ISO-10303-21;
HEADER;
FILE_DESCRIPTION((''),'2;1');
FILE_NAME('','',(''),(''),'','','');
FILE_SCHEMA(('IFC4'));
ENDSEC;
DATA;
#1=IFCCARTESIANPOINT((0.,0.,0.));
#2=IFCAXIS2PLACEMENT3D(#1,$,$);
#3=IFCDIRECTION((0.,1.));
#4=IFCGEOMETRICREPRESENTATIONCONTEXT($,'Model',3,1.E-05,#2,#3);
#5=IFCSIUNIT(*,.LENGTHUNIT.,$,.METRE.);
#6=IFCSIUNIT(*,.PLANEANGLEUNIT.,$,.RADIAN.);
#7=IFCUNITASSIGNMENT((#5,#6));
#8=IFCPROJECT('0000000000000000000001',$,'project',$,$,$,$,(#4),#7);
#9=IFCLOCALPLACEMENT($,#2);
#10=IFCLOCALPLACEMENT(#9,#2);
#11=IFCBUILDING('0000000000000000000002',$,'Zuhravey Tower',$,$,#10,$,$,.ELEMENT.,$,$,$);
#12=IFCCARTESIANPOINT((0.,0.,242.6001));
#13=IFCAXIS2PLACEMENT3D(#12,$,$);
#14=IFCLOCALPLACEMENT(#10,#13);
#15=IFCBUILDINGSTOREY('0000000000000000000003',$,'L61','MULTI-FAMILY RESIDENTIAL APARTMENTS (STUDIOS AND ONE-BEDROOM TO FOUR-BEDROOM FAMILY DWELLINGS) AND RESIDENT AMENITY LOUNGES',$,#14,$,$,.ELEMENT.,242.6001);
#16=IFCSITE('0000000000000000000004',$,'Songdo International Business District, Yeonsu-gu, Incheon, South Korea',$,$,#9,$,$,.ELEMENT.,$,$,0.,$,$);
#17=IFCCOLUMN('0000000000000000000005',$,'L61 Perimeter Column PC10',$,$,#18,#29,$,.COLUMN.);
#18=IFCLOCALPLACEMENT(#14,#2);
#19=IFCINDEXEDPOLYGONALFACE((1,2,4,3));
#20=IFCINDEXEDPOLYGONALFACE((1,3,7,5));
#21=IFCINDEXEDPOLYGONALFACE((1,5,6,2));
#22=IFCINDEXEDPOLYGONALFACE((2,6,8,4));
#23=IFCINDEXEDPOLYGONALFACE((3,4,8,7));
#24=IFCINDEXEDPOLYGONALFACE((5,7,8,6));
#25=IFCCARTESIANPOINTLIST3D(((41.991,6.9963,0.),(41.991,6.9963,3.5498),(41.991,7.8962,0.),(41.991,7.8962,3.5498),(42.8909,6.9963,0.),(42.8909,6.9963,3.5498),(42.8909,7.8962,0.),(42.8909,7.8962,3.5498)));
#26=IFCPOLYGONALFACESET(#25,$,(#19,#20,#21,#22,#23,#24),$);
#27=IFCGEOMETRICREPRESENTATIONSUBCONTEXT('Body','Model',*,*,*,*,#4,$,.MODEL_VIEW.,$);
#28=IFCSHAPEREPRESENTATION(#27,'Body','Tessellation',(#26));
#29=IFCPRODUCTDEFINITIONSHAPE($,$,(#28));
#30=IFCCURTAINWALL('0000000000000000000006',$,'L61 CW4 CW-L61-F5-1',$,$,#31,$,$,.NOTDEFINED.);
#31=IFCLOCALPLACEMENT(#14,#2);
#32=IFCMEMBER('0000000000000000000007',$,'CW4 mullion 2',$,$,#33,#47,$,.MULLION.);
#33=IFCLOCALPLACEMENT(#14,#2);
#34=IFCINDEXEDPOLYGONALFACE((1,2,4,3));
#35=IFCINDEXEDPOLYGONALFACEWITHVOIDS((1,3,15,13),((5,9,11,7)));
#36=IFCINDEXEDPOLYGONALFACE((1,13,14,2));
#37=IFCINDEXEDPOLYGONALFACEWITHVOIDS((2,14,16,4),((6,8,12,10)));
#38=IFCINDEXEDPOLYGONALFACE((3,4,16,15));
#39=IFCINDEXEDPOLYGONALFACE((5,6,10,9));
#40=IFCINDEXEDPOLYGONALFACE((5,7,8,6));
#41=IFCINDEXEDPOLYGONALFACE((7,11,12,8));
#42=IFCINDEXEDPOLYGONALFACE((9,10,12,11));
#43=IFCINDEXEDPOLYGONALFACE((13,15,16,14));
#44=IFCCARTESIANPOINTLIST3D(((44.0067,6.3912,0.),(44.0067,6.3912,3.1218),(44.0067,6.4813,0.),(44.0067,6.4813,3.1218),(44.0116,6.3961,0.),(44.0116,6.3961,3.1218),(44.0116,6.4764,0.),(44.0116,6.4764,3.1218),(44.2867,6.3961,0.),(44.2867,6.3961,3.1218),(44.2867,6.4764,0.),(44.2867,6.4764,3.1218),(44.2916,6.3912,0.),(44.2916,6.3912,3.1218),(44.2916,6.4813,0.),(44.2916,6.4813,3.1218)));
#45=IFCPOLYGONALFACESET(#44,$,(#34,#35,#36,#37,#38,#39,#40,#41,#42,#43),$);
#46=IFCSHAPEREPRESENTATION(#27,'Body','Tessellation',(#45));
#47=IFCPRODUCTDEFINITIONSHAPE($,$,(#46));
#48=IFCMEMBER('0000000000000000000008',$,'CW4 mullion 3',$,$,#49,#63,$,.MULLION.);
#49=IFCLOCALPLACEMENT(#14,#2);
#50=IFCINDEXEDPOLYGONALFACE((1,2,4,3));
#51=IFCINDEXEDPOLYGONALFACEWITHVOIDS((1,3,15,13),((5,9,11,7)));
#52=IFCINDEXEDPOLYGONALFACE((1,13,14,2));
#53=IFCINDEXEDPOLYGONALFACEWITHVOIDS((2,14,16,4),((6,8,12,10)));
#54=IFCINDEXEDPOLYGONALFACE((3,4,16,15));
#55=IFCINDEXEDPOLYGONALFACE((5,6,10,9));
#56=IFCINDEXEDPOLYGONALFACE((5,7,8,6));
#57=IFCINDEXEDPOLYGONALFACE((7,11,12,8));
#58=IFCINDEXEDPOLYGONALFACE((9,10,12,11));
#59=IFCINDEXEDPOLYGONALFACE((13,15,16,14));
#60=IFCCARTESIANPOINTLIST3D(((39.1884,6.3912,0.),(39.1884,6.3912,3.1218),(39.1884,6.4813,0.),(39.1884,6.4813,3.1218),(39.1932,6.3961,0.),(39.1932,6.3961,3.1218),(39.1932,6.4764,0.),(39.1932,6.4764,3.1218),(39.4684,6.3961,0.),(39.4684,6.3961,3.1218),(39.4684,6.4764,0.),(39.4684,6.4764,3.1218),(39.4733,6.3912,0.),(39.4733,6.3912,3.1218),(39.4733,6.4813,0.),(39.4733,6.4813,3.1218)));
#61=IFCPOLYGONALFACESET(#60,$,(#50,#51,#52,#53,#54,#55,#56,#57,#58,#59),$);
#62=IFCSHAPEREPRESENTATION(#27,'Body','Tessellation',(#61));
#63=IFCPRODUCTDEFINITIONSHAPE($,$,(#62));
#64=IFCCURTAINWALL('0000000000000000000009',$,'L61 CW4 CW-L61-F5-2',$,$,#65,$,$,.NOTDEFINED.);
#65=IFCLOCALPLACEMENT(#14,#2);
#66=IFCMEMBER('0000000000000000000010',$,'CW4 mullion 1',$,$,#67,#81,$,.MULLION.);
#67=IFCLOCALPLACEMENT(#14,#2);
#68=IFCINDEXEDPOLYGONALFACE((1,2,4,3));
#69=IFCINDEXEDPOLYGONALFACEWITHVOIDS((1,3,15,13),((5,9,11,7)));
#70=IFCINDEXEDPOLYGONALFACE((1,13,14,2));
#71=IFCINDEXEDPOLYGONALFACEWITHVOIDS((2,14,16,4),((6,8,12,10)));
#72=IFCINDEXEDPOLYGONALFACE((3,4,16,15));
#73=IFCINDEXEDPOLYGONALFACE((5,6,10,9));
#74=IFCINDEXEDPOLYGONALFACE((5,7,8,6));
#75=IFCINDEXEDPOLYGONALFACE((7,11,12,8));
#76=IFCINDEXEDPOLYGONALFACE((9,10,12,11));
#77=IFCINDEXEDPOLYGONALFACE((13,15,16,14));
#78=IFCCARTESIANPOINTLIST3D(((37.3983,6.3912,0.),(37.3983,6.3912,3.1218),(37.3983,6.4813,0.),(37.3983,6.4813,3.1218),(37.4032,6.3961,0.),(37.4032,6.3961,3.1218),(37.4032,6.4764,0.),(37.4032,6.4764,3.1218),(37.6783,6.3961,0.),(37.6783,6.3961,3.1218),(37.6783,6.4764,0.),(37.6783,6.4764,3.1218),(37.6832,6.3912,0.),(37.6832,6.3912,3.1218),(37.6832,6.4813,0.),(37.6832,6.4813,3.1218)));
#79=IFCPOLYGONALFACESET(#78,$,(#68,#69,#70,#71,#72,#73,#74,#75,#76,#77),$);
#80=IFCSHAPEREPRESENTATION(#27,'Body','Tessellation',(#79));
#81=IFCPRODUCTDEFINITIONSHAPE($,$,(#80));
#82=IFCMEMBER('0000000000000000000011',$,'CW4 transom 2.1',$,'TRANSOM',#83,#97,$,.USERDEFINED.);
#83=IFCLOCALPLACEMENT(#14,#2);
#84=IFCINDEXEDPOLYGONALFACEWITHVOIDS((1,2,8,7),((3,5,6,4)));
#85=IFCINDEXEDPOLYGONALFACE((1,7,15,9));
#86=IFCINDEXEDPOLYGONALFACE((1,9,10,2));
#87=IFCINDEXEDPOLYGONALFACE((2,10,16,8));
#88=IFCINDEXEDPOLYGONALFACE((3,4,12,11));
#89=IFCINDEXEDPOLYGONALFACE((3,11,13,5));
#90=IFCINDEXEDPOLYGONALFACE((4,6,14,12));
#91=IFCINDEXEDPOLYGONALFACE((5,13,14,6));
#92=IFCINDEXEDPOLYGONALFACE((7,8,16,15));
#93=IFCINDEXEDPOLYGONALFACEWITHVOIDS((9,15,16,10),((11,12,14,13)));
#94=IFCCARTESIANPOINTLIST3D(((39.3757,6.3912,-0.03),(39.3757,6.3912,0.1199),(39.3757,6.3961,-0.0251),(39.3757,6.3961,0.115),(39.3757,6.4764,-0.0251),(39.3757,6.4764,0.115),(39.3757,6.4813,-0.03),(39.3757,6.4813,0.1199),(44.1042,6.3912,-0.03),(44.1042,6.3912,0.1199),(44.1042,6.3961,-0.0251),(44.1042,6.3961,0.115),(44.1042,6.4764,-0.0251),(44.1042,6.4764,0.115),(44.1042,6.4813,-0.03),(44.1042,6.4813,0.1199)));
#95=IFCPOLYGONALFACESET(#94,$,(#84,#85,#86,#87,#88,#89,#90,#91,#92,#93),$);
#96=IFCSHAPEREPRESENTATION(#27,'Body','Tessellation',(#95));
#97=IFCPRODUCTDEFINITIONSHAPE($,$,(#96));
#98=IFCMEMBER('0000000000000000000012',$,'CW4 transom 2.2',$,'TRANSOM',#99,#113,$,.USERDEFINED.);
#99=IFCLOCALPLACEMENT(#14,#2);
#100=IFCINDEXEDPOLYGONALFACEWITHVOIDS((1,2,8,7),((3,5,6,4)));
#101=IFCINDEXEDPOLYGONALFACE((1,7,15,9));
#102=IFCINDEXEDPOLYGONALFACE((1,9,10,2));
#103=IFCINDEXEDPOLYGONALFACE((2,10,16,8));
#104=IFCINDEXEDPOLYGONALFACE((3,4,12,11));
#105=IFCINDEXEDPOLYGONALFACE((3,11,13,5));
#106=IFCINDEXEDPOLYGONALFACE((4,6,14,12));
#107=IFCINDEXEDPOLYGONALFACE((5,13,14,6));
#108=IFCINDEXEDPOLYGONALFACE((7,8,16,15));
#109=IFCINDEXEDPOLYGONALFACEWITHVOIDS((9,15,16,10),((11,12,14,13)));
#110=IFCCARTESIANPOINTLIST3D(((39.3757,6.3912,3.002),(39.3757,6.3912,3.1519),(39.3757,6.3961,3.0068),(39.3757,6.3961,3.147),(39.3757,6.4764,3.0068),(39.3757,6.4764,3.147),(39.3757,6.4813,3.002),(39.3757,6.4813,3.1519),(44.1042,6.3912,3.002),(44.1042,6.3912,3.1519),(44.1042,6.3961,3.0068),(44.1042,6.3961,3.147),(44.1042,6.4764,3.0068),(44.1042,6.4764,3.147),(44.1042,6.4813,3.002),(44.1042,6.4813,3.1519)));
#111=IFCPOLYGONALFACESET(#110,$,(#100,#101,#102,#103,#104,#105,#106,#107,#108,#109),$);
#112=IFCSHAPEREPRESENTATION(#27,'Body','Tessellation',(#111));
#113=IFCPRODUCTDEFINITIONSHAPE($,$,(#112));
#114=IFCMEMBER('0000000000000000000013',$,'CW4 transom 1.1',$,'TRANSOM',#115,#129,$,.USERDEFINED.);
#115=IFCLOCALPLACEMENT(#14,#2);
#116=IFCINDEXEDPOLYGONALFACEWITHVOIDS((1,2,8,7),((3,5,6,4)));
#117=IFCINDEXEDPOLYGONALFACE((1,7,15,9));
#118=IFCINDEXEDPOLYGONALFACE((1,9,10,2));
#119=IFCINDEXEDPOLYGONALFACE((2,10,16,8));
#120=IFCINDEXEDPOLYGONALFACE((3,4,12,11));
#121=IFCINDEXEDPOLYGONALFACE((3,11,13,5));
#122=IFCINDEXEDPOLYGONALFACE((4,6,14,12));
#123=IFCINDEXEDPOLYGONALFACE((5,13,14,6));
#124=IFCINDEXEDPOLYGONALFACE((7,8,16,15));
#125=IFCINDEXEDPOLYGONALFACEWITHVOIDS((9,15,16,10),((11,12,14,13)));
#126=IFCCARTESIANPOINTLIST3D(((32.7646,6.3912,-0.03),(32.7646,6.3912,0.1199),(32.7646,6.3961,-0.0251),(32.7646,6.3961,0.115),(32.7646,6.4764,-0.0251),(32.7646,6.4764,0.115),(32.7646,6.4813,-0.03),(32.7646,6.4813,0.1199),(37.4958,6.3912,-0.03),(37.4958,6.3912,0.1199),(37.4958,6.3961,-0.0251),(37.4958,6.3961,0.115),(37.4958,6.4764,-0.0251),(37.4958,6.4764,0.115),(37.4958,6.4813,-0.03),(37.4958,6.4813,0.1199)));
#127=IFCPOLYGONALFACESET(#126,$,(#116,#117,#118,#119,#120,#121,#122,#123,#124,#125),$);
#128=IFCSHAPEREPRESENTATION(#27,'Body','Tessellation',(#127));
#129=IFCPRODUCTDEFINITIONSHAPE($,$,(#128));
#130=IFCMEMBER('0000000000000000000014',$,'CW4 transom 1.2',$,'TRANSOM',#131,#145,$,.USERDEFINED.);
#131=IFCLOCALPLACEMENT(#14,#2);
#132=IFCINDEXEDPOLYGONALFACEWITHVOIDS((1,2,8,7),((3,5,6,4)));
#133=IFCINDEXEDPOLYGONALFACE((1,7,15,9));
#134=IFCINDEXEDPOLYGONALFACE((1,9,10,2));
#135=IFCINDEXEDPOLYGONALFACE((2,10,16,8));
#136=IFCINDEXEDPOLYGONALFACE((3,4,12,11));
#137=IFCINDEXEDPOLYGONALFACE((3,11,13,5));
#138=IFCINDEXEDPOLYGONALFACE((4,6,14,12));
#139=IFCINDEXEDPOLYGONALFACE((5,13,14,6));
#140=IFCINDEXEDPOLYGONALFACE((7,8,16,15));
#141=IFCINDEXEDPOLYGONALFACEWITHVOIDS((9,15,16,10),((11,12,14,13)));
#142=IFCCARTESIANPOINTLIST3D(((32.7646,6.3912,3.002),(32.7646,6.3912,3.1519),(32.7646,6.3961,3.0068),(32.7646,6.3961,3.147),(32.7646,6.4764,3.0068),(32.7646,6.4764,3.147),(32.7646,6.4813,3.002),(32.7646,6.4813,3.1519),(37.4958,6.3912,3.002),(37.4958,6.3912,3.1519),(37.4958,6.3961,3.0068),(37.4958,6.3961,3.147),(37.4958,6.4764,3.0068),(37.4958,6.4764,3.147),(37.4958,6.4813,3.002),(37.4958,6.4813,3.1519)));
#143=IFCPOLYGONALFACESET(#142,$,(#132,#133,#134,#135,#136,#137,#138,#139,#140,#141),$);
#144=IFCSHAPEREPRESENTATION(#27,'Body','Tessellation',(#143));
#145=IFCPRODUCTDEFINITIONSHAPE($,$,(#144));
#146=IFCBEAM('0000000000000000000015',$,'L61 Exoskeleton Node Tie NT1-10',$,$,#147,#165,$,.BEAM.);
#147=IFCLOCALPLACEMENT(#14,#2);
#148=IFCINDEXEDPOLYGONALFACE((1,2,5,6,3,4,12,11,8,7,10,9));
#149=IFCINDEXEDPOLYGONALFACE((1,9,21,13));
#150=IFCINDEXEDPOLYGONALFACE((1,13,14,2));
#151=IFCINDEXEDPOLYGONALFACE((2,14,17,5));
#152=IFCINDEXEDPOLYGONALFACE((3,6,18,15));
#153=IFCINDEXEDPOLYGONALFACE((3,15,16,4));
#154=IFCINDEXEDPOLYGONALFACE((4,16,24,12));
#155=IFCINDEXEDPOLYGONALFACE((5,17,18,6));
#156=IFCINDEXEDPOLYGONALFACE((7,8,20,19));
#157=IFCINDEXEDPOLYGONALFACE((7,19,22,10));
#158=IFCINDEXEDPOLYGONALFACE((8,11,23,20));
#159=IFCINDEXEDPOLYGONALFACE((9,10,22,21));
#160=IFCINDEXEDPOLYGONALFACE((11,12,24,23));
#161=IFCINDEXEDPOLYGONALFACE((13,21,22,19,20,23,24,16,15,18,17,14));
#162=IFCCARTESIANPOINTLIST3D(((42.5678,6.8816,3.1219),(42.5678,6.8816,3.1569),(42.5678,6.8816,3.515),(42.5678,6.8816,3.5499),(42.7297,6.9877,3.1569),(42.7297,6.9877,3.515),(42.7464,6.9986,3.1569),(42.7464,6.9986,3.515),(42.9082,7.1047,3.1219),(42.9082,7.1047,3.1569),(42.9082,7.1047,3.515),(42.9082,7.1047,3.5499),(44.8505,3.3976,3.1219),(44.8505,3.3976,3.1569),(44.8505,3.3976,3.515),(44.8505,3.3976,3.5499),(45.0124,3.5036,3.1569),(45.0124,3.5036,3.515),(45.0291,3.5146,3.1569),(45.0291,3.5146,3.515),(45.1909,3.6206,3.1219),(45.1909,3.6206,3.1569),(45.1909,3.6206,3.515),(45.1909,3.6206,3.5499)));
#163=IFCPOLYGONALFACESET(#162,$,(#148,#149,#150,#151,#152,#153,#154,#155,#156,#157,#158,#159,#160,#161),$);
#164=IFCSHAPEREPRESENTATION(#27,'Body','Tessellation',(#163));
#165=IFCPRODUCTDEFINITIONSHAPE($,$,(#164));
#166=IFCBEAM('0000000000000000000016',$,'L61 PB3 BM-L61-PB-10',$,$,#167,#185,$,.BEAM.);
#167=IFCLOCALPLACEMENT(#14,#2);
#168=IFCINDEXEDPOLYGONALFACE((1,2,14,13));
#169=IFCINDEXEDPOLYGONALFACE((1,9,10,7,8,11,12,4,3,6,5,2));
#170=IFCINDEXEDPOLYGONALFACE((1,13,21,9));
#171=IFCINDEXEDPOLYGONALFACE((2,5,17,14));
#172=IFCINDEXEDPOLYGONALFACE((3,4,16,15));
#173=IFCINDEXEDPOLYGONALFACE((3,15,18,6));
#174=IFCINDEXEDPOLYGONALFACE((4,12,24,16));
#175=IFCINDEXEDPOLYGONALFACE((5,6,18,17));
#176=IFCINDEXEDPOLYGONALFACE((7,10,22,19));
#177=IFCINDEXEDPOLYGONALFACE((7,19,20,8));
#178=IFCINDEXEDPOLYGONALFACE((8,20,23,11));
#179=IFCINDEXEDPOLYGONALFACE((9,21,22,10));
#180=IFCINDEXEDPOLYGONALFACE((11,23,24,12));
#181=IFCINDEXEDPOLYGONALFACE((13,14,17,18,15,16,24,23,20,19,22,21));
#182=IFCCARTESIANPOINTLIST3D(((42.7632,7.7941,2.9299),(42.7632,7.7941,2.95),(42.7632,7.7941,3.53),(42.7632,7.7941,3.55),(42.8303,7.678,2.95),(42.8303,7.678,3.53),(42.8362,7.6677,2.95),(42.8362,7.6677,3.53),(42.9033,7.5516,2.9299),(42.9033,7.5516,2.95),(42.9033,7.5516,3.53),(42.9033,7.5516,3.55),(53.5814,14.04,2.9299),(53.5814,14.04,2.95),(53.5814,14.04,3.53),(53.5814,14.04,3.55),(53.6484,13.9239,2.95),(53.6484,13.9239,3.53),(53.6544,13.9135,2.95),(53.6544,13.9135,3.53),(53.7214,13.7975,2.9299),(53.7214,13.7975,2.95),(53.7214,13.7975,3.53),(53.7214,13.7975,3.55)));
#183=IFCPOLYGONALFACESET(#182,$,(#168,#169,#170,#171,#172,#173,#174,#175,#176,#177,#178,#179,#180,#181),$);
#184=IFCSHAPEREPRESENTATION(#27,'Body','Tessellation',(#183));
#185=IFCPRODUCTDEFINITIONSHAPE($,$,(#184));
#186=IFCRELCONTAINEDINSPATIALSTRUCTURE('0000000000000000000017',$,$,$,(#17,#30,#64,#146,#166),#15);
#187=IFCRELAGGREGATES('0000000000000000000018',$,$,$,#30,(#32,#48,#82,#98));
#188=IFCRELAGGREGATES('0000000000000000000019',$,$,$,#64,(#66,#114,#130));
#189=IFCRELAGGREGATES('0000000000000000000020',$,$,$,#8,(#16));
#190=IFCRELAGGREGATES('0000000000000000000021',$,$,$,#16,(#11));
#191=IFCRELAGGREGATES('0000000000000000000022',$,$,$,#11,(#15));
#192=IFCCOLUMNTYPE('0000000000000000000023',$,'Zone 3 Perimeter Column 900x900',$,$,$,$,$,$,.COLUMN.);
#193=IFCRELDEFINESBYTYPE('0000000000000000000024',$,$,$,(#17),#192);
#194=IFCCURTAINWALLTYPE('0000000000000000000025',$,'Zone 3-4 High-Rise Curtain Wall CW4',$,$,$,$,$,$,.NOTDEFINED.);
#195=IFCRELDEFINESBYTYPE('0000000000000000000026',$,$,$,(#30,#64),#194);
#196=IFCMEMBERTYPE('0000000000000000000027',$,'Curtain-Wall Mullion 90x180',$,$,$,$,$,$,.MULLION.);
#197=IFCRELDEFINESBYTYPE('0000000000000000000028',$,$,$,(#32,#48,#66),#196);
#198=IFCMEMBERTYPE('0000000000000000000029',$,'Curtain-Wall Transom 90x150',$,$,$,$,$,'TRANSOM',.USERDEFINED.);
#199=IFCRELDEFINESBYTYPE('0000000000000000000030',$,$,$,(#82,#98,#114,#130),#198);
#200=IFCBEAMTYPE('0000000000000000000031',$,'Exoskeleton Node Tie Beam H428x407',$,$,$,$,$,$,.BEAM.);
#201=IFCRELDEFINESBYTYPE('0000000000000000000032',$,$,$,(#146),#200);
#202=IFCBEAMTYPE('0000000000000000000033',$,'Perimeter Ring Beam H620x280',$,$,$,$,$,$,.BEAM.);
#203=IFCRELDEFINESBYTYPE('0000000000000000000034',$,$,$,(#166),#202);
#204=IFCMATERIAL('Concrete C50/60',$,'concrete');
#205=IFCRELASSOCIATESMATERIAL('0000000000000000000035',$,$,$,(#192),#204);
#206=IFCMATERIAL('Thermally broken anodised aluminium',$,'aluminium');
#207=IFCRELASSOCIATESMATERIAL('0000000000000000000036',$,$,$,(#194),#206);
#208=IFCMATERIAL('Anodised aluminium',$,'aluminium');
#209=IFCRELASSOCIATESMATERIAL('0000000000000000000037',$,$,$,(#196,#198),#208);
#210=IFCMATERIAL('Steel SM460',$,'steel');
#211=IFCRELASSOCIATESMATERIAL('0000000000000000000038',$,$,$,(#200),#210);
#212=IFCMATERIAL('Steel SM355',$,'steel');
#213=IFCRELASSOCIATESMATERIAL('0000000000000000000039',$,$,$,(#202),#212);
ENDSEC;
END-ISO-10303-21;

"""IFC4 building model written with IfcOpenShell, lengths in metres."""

from ifc_helpers import new_model, si_unit, direction, frame, origin, origin_2d, place, context, subcontext, project, spatial, rectangle, hollow_rectangle, i_section, extrude, material, material_profile, profile_set, type_object, element, aggregate, save


model = new_model("IFC4")

# Units and contexts
model_context = context("Model", 3, precision=1e-05, world=origin(), true_north=direction((0.0, 1.0)))
body_context = subcontext(model_context, "Body", "Model", "MODEL_VIEW")
ifc_project = project(units=[si_unit("LENGTHUNIT", "METRE"), si_unit("PLANEANGLEUNIT", "RADIAN")], contexts=[model_context])

# Site, building, storey
site_placement = place(None, origin())
site = spatial("IfcSite", under=ifc_project, at=site_placement, Name="Songdo International Business District, Yeonsu-gu, Incheon, South Korea", CompositionType="ELEMENT", RefElevation=0.0)
building_placement = place(site_placement, origin())
building = spatial("IfcBuilding", under=site, at=building_placement, Name="Zuhravey Tower", CompositionType="ELEMENT")
storey_placement = place(building_placement, frame((0.0, 0.0, 242.6001)))
storey = spatial("IfcBuildingStorey", under=building, at=storey_placement, Name="L61", Description="MULTI-FAMILY RESIDENTIAL APARTMENTS (STUDIOS AND ONE-BEDROOM TO FOUR-BEDROOM FAMILY DWELLINGS) AND RESIDENT AMENITY LOUNGES", CompositionType="ELEMENT", Elevation=242.6001)

# Column
ifc_material_1 = material(Name="Concrete C50/60", Category="concrete")
ifc_material_profile_1 = material_profile(ifc_material_1, rectangle(XDim=0.8999, YDim=0.8999, at=origin_2d()), Name="RC-900x900")
ifc_profile_set_1 = profile_set([ifc_material_profile_1], Name="Concrete C50/60")
column_type = type_object("IfcColumnType", Name="Zone 3 Perimeter Column 900x900", PredefinedType="COLUMN", material=ifc_profile_set_1)
column_placement = place(storey_placement, frame((42.4409, 7.4463, 0.0), z_axis=(0.0, 0.0, 1.0), x_axis=(1.0, 0.0, 0.0)))
element("IfcColumn", 1, at=column_placement, inside=storey, type_object=column_type, Name="L61 Perimeter Column PC10", PredefinedType="COLUMN", context=body_context, shape_type="SweptSolid", body=[
    extrude(rectangle(XDim=0.8999, YDim=0.8999, at=origin_2d()), origin(), (0.0, 0.0, 1.0), 3.5498),
])

# Curtain wall, members
ifc_material_2 = material(Name="Thermally broken anodised aluminium", Category="aluminium")
curtain_wall_type = type_object("IfcCurtainWallType", Name="Zone 3-4 High-Rise Curtain Wall CW4", PredefinedType="NOTDEFINED", material=ifc_material_2)
curtain_wall_1_placement = place(storey_placement, origin())
curtain_wall_1 = element("IfcCurtainWall", 2, at=curtain_wall_1_placement, inside=storey, type_object=curtain_wall_type, Name="L61 CW4 CW-L61-F5-1", PredefinedType="NOTDEFINED")
ifc_material_3 = material(Name="Anodised aluminium", Category="aluminium")
ifc_material_profile_2 = material_profile(ifc_material_3, hollow_rectangle(XDim=0.0901, YDim=0.2849, WallThickness=0.0049, at=origin_2d()), Name="ALU-RHS-90x285x5")
ifc_profile_set_2 = profile_set([ifc_material_profile_2], Name="Anodised aluminium")
member_type_1 = type_object("IfcMemberType", Name="Curtain-Wall Mullion 90x180", PredefinedType="MULLION", material=ifc_profile_set_2)
member_1_placement = place(storey_placement, frame((44.1492, 6.4363, 0.0), z_axis=(0.0, 0.0, 1.0), x_axis=(0.0, -1.0, 0.0)))
member_1 = element("IfcMember", 3, at=member_1_placement, type_object=member_type_1, Name="CW4 mullion 2", PredefinedType="MULLION", context=body_context, shape_type="SweptSolid", body=[
    extrude(hollow_rectangle(XDim=0.0901, YDim=0.2849, WallThickness=0.0049, at=origin_2d()), origin(), (0.0, 0.0, 1.0), 3.1218),
])
member_2_placement = place(storey_placement, frame((39.3308, 6.4363, 0.0), z_axis=(0.0, 0.0, 1.0), x_axis=(0.0, -1.0, 0.0)))
member_2 = element("IfcMember", 4, at=member_2_placement, type_object=member_type_1, Name="CW4 mullion 3", PredefinedType="MULLION", context=body_context, shape_type="SweptSolid", body=[
    extrude(hollow_rectangle(XDim=0.0901, YDim=0.2849, WallThickness=0.0049, at=origin_2d()), origin(), (0.0, 0.0, 1.0), 3.1218),
])

# Curtain wall, member
curtain_wall_2_placement = place(storey_placement, origin())
curtain_wall_2 = element("IfcCurtainWall", 5, at=curtain_wall_2_placement, inside=storey, type_object=curtain_wall_type, Name="L61 CW4 CW-L61-F5-2", PredefinedType="NOTDEFINED")
member_3_placement = place(storey_placement, frame((37.5408, 6.4363, 0.0), z_axis=(0.0, 0.0, 1.0), x_axis=(0.0, -1.0, 0.0)))
member_3 = element("IfcMember", 6, at=member_3_placement, type_object=member_type_1, Name="CW4 mullion 1", PredefinedType="MULLION", context=body_context, shape_type="SweptSolid", body=[
    extrude(hollow_rectangle(XDim=0.0901, YDim=0.2849, WallThickness=0.0049, at=origin_2d()), origin(), (0.0, 0.0, 1.0), 3.1218),
])

# Members
ifc_material_profile_3 = material_profile(ifc_material_3, hollow_rectangle(XDim=0.0901, YDim=0.1499, WallThickness=0.0049, at=origin_2d()), Name="ALU-RHS-90x150x5")
ifc_profile_set_3 = profile_set([ifc_material_profile_3], Name="Anodised aluminium")
member_type_2 = type_object("IfcMemberType", Name="Curtain-Wall Transom 90x150", ElementType="TRANSOM", PredefinedType="USERDEFINED", material=ifc_profile_set_3)
member_4_placement = place(storey_placement, frame((44.1042, 6.4363, 0.0449), z_axis=(-1.0, 0.0, 0.0), x_axis=(0.0, -1.0, 0.0)))
member_4 = element("IfcMember", 7, at=member_4_placement, type_object=member_type_2, Name="CW4 transom 2.1", ObjectType="TRANSOM", PredefinedType="USERDEFINED", context=body_context, shape_type="SweptSolid", body=[
    extrude(hollow_rectangle(XDim=0.0901, YDim=0.1499, WallThickness=0.0049, at=origin_2d()), origin(), (0.0, 0.0, 1.0), 4.7285),
])
member_5_placement = place(storey_placement, frame((44.1042, 6.4363, 3.0769), z_axis=(-1.0, 0.0, 0.0), x_axis=(0.0, -1.0, 0.0)))
member_5 = element("IfcMember", 8, at=member_5_placement, type_object=member_type_2, Name="CW4 transom 2.2", ObjectType="TRANSOM", PredefinedType="USERDEFINED", context=body_context, shape_type="SweptSolid", body=[
    extrude(hollow_rectangle(XDim=0.0901, YDim=0.1499, WallThickness=0.0049, at=origin_2d()), origin(), (0.0, 0.0, 1.0), 4.7285),
])
member_6_placement = place(storey_placement, frame((37.4958, 6.4363, 0.0449), z_axis=(-1.0, 0.0, 0.0), x_axis=(0.0, -1.0, 0.0)))
member_6 = element("IfcMember", 9, at=member_6_placement, type_object=member_type_2, Name="CW4 transom 1.1", ObjectType="TRANSOM", PredefinedType="USERDEFINED", context=body_context, shape_type="SweptSolid", body=[
    extrude(hollow_rectangle(XDim=0.0901, YDim=0.1499, WallThickness=0.0049, at=origin_2d()), origin(), (0.0, 0.0, 1.0), 4.7312),
])
member_7_placement = place(storey_placement, frame((37.4958, 6.4363, 3.0769), z_axis=(-1.0, 0.0, 0.0), x_axis=(0.0, -1.0, 0.0)))
member_7 = element("IfcMember", 10, at=member_7_placement, type_object=member_type_2, Name="CW4 transom 1.2", ObjectType="TRANSOM", PredefinedType="USERDEFINED", context=body_context, shape_type="SweptSolid", body=[
    extrude(hollow_rectangle(XDim=0.0901, YDim=0.1499, WallThickness=0.0049, at=origin_2d()), origin(), (0.0, 0.0, 1.0), 4.7312),
])

# Beams
ifc_material_4 = material(Name="Steel SM460", Category="steel")
ifc_material_profile_4 = material_profile(ifc_material_4, i_section(OverallWidth=0.407, OverallDepth=0.428, WebThickness=0.02, FlangeThickness=0.0349, at=origin_2d()), Name="H-428x407x20x35")
ifc_profile_set_4 = profile_set([ifc_material_profile_4], Name="Steel SM460")
beam_type_1 = type_object("IfcBeamType", Name="Exoskeleton Node Tie Beam H428x407", PredefinedType="BEAM", material=ifc_profile_set_4)
beam_1_placement = place(storey_placement, frame((42.738, 6.9932, 3.3359), z_axis=(0.548028, -0.83646, 0.0), x_axis=(0.83646, 0.548028, 0.0)))
element("IfcBeam", 11, at=beam_1_placement, inside=storey, type_object=beam_type_1, Name="L61 Exoskeleton Node Tie NT1-10", PredefinedType="BEAM", context=body_context, shape_type="SweptSolid", body=[
    extrude(i_section(OverallWidth=0.407, OverallDepth=0.428, WebThickness=0.02, FlangeThickness=0.0349, at=origin_2d()), origin(), (0.0, 0.0, 1.0), 4.1653),
])
ifc_material_5 = material(Name="Steel SM355", Category="steel")
ifc_material_profile_5 = material_profile(ifc_material_5, i_section(OverallWidth=0.28, OverallDepth=0.6201, WebThickness=0.012, FlangeThickness=0.02, at=origin_2d()), Name="H-620x280x12x20")
ifc_profile_set_5 = profile_set([ifc_material_profile_5], Name="Steel SM355")
beam_type_2 = type_object("IfcBeamType", Name="Perimeter Ring Beam H620x280", PredefinedType="BEAM", material=ifc_profile_set_5)
beam_2_placement = place(storey_placement, frame((42.8333, 7.6729, 3.24), z_axis=(0.866025, 0.5, 0.0), x_axis=(-0.5, 0.866025, 0.0)))
element("IfcBeam", 12, at=beam_2_placement, inside=storey, type_object=beam_type_2, Name="L61 PB3 BM-L61-PB-10", PredefinedType="BEAM", context=body_context, shape_type="SweptSolid", body=[
    extrude(i_section(OverallWidth=0.28, OverallDepth=0.6201, WebThickness=0.012, FlangeThickness=0.02, at=origin_2d()), origin(), (0.0, 0.0, 1.0), 12.4917),
])

aggregate(curtain_wall_1, [member_1, member_2, member_4, member_5])
aggregate(curtain_wall_2, [member_3, member_6, member_7])

save(model, "model.ifc")
